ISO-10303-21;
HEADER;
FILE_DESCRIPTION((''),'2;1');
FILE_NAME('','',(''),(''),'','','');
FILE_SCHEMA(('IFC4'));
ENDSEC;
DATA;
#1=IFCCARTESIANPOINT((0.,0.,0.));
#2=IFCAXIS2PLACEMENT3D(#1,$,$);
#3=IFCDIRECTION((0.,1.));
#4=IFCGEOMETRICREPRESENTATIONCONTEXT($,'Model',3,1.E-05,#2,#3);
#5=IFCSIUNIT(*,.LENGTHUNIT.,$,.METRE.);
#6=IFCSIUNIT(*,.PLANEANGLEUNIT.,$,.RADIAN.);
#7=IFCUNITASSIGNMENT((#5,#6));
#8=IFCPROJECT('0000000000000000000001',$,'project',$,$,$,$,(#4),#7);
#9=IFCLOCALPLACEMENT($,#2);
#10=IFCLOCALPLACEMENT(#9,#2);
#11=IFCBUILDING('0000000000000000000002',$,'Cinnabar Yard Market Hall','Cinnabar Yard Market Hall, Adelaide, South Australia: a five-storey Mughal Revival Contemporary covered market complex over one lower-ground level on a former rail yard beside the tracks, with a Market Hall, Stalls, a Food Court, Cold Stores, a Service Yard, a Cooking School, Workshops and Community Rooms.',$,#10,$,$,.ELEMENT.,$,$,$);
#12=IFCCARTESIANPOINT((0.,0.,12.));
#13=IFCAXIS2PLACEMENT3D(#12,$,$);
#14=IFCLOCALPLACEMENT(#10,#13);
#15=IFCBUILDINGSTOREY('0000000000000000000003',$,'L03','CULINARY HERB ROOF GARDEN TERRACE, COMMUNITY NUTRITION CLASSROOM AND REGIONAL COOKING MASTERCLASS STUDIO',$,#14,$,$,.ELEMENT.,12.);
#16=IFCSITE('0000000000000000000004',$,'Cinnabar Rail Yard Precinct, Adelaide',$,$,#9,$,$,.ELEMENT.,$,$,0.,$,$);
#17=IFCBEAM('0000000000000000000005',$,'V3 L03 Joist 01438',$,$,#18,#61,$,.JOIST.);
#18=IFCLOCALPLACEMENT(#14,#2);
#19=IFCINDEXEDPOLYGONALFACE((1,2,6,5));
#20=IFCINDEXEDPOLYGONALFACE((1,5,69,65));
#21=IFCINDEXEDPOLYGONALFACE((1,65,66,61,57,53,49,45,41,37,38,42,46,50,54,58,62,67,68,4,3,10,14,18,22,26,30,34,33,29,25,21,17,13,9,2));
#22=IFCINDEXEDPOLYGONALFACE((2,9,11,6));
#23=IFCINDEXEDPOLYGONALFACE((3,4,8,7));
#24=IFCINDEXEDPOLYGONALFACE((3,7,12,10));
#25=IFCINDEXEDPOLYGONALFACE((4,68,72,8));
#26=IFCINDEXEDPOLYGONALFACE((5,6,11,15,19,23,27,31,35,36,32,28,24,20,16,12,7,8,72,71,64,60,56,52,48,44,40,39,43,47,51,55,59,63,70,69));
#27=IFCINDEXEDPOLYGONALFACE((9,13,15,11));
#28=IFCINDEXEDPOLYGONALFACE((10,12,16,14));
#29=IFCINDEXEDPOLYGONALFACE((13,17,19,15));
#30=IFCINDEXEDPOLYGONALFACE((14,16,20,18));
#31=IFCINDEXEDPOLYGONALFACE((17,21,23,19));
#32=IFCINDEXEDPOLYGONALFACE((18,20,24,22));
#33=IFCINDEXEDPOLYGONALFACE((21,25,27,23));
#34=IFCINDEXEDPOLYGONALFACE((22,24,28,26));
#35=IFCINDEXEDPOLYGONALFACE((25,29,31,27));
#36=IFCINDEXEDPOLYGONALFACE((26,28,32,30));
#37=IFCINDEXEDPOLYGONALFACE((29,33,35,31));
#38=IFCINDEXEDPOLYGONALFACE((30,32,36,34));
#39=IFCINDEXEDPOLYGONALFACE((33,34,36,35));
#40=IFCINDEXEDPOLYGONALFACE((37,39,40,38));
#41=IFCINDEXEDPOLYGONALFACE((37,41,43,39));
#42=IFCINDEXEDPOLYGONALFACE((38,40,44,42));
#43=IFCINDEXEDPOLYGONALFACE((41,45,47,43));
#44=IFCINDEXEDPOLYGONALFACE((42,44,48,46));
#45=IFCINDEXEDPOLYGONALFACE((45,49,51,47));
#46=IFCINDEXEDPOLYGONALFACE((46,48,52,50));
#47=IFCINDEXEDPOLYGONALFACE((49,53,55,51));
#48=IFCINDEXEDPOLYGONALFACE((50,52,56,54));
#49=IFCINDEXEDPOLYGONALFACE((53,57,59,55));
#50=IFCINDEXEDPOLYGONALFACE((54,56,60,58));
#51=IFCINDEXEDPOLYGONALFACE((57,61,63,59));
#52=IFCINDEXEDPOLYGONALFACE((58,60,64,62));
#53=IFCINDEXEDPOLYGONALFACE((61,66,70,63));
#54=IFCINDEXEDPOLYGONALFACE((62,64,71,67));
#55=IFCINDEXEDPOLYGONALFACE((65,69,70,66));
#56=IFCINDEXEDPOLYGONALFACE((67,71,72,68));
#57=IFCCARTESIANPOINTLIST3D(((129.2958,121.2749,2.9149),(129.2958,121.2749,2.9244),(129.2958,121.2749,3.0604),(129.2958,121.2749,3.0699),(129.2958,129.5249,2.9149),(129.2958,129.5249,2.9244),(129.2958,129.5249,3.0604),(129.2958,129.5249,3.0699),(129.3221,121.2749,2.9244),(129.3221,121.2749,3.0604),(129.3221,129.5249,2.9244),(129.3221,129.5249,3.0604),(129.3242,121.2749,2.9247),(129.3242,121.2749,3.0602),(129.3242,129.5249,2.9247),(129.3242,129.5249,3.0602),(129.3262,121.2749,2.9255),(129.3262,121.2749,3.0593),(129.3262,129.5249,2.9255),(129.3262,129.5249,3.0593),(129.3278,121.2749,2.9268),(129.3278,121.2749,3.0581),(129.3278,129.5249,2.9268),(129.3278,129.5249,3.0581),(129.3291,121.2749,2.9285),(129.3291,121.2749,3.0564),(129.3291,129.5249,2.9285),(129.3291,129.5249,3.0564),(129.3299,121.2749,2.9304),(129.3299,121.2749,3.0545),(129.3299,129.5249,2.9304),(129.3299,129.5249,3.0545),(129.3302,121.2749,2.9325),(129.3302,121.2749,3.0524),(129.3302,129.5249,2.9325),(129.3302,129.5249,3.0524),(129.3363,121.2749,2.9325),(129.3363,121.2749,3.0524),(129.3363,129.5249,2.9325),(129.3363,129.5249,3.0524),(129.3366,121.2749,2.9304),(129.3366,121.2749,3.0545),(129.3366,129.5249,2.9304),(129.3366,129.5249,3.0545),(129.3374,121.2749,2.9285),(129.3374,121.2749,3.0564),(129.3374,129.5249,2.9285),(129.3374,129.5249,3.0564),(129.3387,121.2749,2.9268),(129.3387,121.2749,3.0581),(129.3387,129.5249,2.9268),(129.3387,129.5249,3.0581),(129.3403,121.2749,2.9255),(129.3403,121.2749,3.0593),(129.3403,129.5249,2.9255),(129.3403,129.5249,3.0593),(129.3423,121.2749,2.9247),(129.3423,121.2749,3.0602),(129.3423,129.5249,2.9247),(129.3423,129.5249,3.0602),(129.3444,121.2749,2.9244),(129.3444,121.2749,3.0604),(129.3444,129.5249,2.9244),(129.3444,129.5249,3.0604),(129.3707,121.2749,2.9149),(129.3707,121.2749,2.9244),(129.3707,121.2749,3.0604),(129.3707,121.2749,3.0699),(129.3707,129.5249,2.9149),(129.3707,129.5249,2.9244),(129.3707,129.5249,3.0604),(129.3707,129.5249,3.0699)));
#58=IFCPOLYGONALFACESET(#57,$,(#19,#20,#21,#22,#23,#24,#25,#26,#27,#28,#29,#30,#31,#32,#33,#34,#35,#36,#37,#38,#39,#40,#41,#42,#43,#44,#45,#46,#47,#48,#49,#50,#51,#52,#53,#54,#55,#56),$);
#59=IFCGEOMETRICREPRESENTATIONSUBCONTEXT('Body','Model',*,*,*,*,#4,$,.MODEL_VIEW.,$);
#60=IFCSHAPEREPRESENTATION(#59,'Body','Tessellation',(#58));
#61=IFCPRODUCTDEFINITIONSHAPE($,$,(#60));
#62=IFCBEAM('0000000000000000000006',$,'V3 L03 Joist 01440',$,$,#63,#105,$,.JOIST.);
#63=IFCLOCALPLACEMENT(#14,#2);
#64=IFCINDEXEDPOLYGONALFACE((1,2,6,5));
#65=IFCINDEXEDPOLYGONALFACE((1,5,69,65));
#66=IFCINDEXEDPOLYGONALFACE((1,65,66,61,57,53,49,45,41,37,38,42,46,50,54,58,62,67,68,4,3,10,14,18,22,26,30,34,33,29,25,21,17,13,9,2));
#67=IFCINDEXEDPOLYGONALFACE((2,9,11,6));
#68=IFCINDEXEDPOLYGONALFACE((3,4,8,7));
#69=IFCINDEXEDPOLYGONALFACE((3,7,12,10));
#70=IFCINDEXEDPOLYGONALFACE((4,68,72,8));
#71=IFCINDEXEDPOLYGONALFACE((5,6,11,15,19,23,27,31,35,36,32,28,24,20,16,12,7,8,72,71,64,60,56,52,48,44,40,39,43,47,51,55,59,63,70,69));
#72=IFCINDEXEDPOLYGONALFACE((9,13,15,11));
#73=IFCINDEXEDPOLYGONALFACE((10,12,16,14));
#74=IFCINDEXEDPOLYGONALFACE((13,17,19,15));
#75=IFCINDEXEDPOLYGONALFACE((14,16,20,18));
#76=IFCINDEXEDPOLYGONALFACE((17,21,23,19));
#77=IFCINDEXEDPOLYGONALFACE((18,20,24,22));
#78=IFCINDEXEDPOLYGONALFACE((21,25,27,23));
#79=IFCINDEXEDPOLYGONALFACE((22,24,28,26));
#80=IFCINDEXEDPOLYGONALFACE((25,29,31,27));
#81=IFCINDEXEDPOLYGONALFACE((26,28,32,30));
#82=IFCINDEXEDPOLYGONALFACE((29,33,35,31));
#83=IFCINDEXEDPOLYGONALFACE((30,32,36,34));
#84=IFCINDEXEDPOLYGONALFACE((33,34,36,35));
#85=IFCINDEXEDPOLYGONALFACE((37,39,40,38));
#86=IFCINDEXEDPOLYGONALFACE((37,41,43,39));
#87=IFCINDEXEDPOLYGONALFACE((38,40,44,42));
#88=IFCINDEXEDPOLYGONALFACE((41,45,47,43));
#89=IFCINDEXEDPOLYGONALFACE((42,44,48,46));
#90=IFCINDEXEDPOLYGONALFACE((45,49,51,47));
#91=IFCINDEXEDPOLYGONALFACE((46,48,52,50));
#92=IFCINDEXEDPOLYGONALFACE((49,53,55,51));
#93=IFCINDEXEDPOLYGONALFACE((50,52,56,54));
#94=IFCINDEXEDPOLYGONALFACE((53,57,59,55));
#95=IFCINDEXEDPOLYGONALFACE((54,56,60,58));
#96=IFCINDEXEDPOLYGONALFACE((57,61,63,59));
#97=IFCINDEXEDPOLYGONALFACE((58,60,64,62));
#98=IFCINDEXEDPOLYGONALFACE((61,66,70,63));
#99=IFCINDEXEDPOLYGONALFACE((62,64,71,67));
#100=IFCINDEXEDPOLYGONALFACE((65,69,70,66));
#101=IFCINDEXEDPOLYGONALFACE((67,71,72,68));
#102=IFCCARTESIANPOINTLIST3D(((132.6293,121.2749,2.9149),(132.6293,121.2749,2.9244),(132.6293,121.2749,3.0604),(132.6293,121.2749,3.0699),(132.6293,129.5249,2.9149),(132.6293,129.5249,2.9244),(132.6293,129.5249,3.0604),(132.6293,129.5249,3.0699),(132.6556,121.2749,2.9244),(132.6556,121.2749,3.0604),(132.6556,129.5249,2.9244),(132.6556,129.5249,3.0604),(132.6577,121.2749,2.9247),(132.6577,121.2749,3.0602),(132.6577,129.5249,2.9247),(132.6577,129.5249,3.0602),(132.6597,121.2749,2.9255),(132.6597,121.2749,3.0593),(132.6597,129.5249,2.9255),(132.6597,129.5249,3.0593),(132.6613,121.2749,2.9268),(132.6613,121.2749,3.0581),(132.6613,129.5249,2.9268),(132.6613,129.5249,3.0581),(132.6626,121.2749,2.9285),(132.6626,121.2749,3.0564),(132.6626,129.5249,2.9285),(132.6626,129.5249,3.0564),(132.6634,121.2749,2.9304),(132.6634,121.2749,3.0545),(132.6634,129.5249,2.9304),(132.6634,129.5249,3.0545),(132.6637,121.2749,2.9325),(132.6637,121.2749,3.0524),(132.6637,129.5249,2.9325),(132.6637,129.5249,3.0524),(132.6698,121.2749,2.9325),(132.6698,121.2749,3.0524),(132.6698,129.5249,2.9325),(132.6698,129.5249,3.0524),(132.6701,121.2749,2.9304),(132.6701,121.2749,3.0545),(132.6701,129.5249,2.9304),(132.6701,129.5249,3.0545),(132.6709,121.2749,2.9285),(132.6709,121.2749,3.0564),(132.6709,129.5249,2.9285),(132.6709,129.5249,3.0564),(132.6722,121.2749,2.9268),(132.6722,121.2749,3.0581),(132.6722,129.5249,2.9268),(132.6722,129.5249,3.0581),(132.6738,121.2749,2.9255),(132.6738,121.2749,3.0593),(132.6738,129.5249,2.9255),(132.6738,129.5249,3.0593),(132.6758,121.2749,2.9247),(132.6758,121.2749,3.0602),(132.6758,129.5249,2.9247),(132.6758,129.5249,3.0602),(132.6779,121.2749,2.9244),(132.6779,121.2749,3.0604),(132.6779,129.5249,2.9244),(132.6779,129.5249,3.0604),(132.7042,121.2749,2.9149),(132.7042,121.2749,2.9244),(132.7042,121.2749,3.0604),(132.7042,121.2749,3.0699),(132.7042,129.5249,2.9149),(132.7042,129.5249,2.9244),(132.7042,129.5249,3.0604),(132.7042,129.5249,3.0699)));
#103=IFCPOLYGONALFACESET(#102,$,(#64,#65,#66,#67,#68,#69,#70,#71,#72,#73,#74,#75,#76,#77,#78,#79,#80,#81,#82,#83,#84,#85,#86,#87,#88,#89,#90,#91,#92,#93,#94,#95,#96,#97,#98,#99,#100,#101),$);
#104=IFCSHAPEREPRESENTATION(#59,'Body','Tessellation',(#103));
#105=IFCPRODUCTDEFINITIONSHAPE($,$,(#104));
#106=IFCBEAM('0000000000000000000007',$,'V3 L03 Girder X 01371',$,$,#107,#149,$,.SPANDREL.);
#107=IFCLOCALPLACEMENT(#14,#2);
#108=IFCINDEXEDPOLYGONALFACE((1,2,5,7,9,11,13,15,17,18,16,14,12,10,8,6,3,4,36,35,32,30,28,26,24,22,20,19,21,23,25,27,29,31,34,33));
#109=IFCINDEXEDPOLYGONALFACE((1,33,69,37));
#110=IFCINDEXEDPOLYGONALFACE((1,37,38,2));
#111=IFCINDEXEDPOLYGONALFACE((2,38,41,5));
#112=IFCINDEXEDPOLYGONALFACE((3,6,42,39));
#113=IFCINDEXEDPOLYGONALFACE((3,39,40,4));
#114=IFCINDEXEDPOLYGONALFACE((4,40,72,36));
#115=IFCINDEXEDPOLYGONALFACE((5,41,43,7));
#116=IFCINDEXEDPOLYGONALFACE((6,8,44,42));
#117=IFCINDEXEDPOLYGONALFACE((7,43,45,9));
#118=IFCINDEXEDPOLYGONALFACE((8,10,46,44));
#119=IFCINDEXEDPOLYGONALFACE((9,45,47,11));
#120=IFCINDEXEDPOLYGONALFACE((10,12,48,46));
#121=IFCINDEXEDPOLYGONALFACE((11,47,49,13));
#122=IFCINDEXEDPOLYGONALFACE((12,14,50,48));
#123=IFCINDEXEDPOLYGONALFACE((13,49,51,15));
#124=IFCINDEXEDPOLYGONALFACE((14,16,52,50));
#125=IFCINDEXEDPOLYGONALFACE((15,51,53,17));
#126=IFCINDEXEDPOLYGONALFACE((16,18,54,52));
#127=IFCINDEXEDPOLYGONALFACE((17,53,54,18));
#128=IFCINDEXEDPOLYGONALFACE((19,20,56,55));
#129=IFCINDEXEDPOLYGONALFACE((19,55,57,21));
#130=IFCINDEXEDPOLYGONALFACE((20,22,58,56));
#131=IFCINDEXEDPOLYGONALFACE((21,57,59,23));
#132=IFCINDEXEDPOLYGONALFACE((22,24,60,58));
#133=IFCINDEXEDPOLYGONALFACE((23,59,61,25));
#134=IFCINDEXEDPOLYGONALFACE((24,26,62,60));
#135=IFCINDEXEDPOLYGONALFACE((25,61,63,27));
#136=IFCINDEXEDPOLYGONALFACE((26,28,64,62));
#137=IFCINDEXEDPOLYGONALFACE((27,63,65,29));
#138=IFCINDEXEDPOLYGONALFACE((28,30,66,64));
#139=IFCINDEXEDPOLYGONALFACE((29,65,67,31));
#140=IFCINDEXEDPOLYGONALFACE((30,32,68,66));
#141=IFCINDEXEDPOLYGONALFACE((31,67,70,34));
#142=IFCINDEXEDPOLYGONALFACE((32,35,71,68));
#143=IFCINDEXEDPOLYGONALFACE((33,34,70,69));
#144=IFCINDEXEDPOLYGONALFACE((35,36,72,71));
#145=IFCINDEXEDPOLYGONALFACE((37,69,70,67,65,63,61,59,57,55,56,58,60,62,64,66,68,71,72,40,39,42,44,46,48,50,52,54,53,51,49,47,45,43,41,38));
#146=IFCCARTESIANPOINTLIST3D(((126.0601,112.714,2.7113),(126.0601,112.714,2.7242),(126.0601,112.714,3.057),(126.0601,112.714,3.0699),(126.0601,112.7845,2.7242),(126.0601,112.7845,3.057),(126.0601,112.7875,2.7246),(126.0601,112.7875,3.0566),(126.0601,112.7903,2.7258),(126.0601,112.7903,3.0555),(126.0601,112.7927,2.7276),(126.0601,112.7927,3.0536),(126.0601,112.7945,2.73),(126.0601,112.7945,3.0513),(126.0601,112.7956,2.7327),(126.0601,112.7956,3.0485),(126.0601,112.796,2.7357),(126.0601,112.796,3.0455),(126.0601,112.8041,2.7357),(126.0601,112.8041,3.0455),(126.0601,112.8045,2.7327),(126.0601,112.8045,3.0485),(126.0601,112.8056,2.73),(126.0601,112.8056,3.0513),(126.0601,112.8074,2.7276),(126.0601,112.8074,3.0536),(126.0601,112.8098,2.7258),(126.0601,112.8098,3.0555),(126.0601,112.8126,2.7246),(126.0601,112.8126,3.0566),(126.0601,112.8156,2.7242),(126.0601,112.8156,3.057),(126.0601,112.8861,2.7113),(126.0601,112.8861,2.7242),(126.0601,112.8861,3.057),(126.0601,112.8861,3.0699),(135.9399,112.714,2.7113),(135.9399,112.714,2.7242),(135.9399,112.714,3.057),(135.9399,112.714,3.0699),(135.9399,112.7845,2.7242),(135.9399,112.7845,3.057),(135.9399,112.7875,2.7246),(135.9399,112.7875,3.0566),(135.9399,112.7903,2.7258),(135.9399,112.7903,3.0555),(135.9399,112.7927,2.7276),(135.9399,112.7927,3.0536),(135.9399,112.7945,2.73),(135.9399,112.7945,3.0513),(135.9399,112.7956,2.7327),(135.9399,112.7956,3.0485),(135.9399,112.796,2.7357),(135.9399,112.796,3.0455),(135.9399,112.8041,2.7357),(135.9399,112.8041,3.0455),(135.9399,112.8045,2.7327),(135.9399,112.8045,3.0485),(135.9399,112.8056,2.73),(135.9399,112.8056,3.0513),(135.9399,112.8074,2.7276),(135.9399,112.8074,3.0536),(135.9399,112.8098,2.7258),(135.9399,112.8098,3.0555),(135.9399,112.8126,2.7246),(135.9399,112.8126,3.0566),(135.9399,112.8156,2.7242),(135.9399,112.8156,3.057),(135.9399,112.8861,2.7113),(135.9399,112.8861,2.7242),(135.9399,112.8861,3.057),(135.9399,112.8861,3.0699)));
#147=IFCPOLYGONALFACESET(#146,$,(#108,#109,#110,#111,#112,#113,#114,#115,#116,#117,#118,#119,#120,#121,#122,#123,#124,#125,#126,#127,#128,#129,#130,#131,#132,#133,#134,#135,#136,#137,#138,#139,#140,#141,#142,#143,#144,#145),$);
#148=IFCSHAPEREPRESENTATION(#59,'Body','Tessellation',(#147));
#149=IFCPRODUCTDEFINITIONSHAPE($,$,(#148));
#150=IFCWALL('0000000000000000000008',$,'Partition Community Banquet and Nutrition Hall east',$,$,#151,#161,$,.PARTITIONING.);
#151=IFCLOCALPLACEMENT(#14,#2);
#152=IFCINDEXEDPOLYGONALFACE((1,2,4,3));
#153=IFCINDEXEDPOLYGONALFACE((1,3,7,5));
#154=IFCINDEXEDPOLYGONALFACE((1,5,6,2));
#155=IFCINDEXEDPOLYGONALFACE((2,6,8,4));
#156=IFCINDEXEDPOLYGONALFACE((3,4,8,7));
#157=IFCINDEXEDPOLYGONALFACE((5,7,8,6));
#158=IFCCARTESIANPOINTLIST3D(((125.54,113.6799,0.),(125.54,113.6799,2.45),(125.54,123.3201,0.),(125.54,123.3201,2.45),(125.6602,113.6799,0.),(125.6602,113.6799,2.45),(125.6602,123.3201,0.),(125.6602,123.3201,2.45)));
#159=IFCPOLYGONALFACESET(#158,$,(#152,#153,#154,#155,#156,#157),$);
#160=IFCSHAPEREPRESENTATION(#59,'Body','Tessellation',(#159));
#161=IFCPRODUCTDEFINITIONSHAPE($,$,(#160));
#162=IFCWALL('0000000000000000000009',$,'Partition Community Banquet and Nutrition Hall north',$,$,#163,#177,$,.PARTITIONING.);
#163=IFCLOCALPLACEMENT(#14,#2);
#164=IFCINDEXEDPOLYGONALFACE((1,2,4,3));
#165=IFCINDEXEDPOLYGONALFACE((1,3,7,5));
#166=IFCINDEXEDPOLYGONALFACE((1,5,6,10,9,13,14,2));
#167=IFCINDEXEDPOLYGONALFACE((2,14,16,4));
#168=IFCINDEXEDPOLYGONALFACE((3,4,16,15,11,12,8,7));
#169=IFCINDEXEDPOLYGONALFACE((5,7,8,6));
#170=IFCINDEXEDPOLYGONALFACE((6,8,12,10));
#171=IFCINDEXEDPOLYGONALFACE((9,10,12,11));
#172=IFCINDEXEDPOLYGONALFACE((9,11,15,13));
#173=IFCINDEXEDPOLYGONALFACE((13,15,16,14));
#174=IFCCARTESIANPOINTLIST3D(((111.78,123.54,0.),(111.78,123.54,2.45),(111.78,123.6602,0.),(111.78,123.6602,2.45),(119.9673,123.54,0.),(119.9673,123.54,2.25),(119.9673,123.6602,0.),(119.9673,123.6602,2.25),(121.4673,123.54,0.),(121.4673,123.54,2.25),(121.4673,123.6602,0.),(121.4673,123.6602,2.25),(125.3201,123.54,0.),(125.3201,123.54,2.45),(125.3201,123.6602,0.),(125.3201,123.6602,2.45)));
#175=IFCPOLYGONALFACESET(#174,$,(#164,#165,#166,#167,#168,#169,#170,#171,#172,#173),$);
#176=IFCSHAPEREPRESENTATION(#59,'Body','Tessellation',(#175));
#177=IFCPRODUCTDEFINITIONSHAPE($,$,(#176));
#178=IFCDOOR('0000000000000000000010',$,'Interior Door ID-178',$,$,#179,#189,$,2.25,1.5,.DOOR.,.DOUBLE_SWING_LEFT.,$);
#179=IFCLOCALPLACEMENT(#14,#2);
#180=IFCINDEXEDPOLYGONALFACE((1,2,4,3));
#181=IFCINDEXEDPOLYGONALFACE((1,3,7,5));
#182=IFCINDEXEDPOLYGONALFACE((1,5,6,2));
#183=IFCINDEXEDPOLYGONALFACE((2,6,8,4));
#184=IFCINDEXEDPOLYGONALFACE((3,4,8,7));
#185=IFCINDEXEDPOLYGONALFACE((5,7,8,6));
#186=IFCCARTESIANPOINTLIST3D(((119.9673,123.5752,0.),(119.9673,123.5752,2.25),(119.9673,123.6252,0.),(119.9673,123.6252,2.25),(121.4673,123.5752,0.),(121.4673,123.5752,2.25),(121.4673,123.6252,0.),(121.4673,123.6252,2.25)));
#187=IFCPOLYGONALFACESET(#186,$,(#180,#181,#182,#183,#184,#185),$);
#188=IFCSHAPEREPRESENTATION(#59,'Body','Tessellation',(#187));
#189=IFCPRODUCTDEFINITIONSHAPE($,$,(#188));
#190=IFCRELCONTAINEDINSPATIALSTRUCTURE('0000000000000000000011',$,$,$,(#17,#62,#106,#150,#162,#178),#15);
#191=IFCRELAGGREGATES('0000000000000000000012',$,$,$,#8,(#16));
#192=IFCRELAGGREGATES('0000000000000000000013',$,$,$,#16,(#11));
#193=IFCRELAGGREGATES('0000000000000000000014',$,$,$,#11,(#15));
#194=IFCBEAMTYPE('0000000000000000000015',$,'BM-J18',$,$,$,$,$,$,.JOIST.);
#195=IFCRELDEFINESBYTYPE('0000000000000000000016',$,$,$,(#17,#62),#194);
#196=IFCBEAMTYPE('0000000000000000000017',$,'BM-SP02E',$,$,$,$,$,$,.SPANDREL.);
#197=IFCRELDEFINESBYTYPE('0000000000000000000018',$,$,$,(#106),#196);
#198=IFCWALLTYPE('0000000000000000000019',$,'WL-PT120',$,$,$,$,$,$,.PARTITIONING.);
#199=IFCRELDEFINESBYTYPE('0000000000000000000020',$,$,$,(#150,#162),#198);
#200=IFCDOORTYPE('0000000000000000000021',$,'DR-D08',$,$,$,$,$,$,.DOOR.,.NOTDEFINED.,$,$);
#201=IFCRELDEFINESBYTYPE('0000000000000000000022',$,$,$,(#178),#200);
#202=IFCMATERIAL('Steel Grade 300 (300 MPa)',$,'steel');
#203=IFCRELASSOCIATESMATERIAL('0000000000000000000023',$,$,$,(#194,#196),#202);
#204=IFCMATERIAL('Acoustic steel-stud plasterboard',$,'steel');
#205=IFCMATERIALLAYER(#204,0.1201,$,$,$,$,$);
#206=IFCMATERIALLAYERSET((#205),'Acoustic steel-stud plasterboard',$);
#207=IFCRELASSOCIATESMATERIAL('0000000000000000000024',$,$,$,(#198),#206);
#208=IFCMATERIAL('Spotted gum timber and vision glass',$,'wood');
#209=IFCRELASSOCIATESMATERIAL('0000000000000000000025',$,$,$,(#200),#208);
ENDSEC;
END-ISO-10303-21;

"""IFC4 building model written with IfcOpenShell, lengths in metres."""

from ifc_helpers import new_model, si_unit, direction, frame, frame_2d, origin, origin_2d_with_axis, place, context, subcontext, project, spatial, rectangle, i_section, extrude, material, layer, layer_set, material_profile, profile_set, type_object, element, fill, save


model = new_model("IFC4")

# Units and contexts
model_context = context("Model", 3, precision=1e-05, world=origin(), true_north=direction((0.0, 1.0)))
body_context = subcontext(model_context, "Body", "Model", "MODEL_VIEW")
ifc_project = project(units=[si_unit("LENGTHUNIT", "METRE"), si_unit("PLANEANGLEUNIT", "RADIAN")], contexts=[model_context])

# Site, building, storey
site_placement = place(None, origin())
site = spatial("IfcSite", under=ifc_project, at=site_placement, Name="Cinnabar Rail Yard Precinct, Adelaide", CompositionType="ELEMENT", RefElevation=0.0)
building_placement = place(site_placement, origin())
building = spatial("IfcBuilding", under=site, at=building_placement, Name="Cinnabar Yard Market Hall", Description="Cinnabar Yard Market Hall, Adelaide, South Australia: a five-storey Mughal Revival Contemporary covered market complex over one lower-ground level on a former rail yard beside the tracks, with a Market Hall, Stalls, a Food Court, Cold Stores, a Service Yard, a Cooking School, Workshops and Community Rooms.", CompositionType="ELEMENT")
storey_placement = place(building_placement, frame((0.0, 0.0, 12.0)))
storey = spatial("IfcBuildingStorey", under=building, at=storey_placement, Name="L03", Description="CULINARY HERB ROOF GARDEN TERRACE, COMMUNITY NUTRITION CLASSROOM AND REGIONAL COOKING MASTERCLASS STUDIO", CompositionType="ELEMENT", Elevation=12.0)

# Beams
ifc_material_1 = material(Name="Steel Grade 300 (300 MPa)", Category="steel")
ifc_material_profile_1 = material_profile(ifc_material_1, i_section(OverallWidth=0.075, OverallDepth=0.155, WebThickness=0.0061, FlangeThickness=0.0095, FilletRadius=0.0081, at=origin_2d_with_axis()), Name="150UB18.0")
ifc_profile_set_1 = profile_set([ifc_material_profile_1], Name="Steel Grade 300 (300 MPa)")
beam_type_1 = type_object("IfcBeamType", Name="BM-J18", PredefinedType="JOIST", material=ifc_profile_set_1)
for number, where, z_axis, x_axis, name in (
    (1, (129.3333, 121.2749, 2.9924), (0.0, 1.0, 0.0), (-1.0, 0.0, 0.0), "V3 L03 Joist 01438"),
    (2, (132.6667, 121.2749, 2.9924), (0.0, 1.0, 0.0), (-1.0, 0.0, 0.0), "V3 L03 Joist 01440"),
):
    element("IfcBeam", number, at=place(storey_placement, frame(where, z_axis=z_axis, x_axis=x_axis)), inside=storey, type_object=beam_type_1, Name=name, PredefinedType="JOIST", context=body_context, shape_type="SweptSolid", body=[
        extrude(i_section(OverallWidth=0.075, OverallDepth=0.155, WebThickness=0.0061, FlangeThickness=0.0095, FilletRadius=0.0081, at=origin_2d_with_axis()), origin(), (0.0, 0.0, 1.0), 8.25),
    ])
ifc_material_profile_2 = material_profile(ifc_material_1, i_section(OverallWidth=0.1721, OverallDepth=0.3586, WebThickness=0.0081, FlangeThickness=0.0129, FilletRadius=0.0115, at=origin_2d_with_axis()), Name="360UB56.7")
ifc_profile_set_2 = profile_set([ifc_material_profile_2], Name="Steel Grade 300 (300 MPa)")
beam_type_2 = type_object("IfcBeamType", Name="BM-SP02E", PredefinedType="SPANDREL", material=ifc_profile_set_2)
beam_1_placement = place(storey_placement, frame((126.0601, 112.8, 2.8906), z_axis=(1.0, 0.0, 0.0), x_axis=(0.0, 1.0, 0.0)))
element("IfcBeam", 3, at=beam_1_placement, inside=storey, type_object=beam_type_2, Name="V3 L03 Girder X 01371", PredefinedType="SPANDREL", context=body_context, shape_type="SweptSolid", body=[
    extrude(i_section(OverallWidth=0.1721, OverallDepth=0.3586, WebThickness=0.0081, FlangeThickness=0.0129, FilletRadius=0.0115, at=origin_2d_with_axis()), origin(), (0.0, 0.0, 1.0), 9.8799),
])

# Wall
ifc_material_2 = material(Name="Acoustic steel-stud plasterboard", Category="steel")
ifc_layer_1 = layer(ifc_material_2, 0.1201)
ifc_layer_set_1 = layer_set([ifc_layer_1], Name="Acoustic steel-stud plasterboard")
wall_type_1 = type_object("IfcWallType", Name="WL-PT120", PredefinedType="PARTITIONING", material=ifc_layer_set_1)
wall_1_placement = place(storey_placement, frame((125.6001, 113.6799, 0.0), z_axis=(0.0, 0.0, 1.0), x_axis=(0.0, 1.0, 0.0)))
element("IfcWall", 4, at=wall_1_placement, inside=storey, type_object=wall_type_1, Name="Partition Community Banquet and Nutrition Hall east", PredefinedType="PARTITIONING", context=body_context, shape_type="SweptSolid", body=[
    extrude(rectangle(XDim=9.6401, YDim=0.1201, at=frame_2d((4.8201, 0.0), x_axis=(1.0, 0.0))), origin(), (0.0, 0.0, 1.0), 2.45),
])

# Wall, opening, door
wall_2_placement = place(storey_placement, frame((125.3201, 123.6001, 0.0), z_axis=(0.0, 0.0, 1.0), x_axis=(-1.0, 0.0, 0.0)))
wall_2 = element("IfcWall", 5, at=wall_2_placement, inside=storey, type_object=wall_type_1, Name="Partition Community Banquet and Nutrition Hall north", PredefinedType="PARTITIONING", context=body_context, shape_type="SweptSolid", body=[
    extrude(rectangle(XDim=13.54, YDim=0.1201, at=frame_2d((6.77, 0.0), x_axis=(1.0, 0.0))), origin(), (0.0, 0.0, 1.0), 2.45),
])
opening_1_placement = place(wall_2_placement, frame((3.8528, 0.0, 0.0)))
opening_1 = element("IfcOpeningElement", 6, at=opening_1_placement, cuts=wall_2, PredefinedType="OPENING", context=body_context, shape_type="SweptSolid", body=[
    extrude(rectangle(XDim=1.5, YDim=2.25, at=frame_2d((0.75, 1.125), x_axis=(1.0, 0.0))), frame((0.0, 0.0701, 0.0), z_axis=(0.0, -1.0, 0.0), x_axis=(1.0, 0.0, 0.0)), (0.0, 0.0, 1.0), 0.1401),
])
ifc_material_3 = material(Name="Spotted gum timber and vision glass", Category="wood")
door_type_1 = type_object("IfcDoorType", Name="DR-D08", OperationType="NOTDEFINED", PredefinedType="DOOR", material=ifc_material_3)
door_1_placement = place(opening_1_placement, origin())
door_1 = element("IfcDoor", 7, at=door_1_placement, inside=storey, type_object=door_type_1, Name="Interior Door ID-178", OperationType="DOUBLE_SWING_LEFT", OverallHeight=2.25, OverallWidth=1.5, PredefinedType="DOOR", context=body_context, shape_type="SweptSolid", body=[
    extrude(rectangle(XDim=1.5, YDim=2.25, at=frame_2d((0.75, 1.125), x_axis=(1.0, 0.0))), frame((0.0, 0.0249, 0.0), z_axis=(0.0, -1.0, 0.0), x_axis=(1.0, 0.0, 0.0)), (0.0, 0.0, 1.0), 0.05),
])
fill(opening_1, door_1)

save(model, "model.ifc")
